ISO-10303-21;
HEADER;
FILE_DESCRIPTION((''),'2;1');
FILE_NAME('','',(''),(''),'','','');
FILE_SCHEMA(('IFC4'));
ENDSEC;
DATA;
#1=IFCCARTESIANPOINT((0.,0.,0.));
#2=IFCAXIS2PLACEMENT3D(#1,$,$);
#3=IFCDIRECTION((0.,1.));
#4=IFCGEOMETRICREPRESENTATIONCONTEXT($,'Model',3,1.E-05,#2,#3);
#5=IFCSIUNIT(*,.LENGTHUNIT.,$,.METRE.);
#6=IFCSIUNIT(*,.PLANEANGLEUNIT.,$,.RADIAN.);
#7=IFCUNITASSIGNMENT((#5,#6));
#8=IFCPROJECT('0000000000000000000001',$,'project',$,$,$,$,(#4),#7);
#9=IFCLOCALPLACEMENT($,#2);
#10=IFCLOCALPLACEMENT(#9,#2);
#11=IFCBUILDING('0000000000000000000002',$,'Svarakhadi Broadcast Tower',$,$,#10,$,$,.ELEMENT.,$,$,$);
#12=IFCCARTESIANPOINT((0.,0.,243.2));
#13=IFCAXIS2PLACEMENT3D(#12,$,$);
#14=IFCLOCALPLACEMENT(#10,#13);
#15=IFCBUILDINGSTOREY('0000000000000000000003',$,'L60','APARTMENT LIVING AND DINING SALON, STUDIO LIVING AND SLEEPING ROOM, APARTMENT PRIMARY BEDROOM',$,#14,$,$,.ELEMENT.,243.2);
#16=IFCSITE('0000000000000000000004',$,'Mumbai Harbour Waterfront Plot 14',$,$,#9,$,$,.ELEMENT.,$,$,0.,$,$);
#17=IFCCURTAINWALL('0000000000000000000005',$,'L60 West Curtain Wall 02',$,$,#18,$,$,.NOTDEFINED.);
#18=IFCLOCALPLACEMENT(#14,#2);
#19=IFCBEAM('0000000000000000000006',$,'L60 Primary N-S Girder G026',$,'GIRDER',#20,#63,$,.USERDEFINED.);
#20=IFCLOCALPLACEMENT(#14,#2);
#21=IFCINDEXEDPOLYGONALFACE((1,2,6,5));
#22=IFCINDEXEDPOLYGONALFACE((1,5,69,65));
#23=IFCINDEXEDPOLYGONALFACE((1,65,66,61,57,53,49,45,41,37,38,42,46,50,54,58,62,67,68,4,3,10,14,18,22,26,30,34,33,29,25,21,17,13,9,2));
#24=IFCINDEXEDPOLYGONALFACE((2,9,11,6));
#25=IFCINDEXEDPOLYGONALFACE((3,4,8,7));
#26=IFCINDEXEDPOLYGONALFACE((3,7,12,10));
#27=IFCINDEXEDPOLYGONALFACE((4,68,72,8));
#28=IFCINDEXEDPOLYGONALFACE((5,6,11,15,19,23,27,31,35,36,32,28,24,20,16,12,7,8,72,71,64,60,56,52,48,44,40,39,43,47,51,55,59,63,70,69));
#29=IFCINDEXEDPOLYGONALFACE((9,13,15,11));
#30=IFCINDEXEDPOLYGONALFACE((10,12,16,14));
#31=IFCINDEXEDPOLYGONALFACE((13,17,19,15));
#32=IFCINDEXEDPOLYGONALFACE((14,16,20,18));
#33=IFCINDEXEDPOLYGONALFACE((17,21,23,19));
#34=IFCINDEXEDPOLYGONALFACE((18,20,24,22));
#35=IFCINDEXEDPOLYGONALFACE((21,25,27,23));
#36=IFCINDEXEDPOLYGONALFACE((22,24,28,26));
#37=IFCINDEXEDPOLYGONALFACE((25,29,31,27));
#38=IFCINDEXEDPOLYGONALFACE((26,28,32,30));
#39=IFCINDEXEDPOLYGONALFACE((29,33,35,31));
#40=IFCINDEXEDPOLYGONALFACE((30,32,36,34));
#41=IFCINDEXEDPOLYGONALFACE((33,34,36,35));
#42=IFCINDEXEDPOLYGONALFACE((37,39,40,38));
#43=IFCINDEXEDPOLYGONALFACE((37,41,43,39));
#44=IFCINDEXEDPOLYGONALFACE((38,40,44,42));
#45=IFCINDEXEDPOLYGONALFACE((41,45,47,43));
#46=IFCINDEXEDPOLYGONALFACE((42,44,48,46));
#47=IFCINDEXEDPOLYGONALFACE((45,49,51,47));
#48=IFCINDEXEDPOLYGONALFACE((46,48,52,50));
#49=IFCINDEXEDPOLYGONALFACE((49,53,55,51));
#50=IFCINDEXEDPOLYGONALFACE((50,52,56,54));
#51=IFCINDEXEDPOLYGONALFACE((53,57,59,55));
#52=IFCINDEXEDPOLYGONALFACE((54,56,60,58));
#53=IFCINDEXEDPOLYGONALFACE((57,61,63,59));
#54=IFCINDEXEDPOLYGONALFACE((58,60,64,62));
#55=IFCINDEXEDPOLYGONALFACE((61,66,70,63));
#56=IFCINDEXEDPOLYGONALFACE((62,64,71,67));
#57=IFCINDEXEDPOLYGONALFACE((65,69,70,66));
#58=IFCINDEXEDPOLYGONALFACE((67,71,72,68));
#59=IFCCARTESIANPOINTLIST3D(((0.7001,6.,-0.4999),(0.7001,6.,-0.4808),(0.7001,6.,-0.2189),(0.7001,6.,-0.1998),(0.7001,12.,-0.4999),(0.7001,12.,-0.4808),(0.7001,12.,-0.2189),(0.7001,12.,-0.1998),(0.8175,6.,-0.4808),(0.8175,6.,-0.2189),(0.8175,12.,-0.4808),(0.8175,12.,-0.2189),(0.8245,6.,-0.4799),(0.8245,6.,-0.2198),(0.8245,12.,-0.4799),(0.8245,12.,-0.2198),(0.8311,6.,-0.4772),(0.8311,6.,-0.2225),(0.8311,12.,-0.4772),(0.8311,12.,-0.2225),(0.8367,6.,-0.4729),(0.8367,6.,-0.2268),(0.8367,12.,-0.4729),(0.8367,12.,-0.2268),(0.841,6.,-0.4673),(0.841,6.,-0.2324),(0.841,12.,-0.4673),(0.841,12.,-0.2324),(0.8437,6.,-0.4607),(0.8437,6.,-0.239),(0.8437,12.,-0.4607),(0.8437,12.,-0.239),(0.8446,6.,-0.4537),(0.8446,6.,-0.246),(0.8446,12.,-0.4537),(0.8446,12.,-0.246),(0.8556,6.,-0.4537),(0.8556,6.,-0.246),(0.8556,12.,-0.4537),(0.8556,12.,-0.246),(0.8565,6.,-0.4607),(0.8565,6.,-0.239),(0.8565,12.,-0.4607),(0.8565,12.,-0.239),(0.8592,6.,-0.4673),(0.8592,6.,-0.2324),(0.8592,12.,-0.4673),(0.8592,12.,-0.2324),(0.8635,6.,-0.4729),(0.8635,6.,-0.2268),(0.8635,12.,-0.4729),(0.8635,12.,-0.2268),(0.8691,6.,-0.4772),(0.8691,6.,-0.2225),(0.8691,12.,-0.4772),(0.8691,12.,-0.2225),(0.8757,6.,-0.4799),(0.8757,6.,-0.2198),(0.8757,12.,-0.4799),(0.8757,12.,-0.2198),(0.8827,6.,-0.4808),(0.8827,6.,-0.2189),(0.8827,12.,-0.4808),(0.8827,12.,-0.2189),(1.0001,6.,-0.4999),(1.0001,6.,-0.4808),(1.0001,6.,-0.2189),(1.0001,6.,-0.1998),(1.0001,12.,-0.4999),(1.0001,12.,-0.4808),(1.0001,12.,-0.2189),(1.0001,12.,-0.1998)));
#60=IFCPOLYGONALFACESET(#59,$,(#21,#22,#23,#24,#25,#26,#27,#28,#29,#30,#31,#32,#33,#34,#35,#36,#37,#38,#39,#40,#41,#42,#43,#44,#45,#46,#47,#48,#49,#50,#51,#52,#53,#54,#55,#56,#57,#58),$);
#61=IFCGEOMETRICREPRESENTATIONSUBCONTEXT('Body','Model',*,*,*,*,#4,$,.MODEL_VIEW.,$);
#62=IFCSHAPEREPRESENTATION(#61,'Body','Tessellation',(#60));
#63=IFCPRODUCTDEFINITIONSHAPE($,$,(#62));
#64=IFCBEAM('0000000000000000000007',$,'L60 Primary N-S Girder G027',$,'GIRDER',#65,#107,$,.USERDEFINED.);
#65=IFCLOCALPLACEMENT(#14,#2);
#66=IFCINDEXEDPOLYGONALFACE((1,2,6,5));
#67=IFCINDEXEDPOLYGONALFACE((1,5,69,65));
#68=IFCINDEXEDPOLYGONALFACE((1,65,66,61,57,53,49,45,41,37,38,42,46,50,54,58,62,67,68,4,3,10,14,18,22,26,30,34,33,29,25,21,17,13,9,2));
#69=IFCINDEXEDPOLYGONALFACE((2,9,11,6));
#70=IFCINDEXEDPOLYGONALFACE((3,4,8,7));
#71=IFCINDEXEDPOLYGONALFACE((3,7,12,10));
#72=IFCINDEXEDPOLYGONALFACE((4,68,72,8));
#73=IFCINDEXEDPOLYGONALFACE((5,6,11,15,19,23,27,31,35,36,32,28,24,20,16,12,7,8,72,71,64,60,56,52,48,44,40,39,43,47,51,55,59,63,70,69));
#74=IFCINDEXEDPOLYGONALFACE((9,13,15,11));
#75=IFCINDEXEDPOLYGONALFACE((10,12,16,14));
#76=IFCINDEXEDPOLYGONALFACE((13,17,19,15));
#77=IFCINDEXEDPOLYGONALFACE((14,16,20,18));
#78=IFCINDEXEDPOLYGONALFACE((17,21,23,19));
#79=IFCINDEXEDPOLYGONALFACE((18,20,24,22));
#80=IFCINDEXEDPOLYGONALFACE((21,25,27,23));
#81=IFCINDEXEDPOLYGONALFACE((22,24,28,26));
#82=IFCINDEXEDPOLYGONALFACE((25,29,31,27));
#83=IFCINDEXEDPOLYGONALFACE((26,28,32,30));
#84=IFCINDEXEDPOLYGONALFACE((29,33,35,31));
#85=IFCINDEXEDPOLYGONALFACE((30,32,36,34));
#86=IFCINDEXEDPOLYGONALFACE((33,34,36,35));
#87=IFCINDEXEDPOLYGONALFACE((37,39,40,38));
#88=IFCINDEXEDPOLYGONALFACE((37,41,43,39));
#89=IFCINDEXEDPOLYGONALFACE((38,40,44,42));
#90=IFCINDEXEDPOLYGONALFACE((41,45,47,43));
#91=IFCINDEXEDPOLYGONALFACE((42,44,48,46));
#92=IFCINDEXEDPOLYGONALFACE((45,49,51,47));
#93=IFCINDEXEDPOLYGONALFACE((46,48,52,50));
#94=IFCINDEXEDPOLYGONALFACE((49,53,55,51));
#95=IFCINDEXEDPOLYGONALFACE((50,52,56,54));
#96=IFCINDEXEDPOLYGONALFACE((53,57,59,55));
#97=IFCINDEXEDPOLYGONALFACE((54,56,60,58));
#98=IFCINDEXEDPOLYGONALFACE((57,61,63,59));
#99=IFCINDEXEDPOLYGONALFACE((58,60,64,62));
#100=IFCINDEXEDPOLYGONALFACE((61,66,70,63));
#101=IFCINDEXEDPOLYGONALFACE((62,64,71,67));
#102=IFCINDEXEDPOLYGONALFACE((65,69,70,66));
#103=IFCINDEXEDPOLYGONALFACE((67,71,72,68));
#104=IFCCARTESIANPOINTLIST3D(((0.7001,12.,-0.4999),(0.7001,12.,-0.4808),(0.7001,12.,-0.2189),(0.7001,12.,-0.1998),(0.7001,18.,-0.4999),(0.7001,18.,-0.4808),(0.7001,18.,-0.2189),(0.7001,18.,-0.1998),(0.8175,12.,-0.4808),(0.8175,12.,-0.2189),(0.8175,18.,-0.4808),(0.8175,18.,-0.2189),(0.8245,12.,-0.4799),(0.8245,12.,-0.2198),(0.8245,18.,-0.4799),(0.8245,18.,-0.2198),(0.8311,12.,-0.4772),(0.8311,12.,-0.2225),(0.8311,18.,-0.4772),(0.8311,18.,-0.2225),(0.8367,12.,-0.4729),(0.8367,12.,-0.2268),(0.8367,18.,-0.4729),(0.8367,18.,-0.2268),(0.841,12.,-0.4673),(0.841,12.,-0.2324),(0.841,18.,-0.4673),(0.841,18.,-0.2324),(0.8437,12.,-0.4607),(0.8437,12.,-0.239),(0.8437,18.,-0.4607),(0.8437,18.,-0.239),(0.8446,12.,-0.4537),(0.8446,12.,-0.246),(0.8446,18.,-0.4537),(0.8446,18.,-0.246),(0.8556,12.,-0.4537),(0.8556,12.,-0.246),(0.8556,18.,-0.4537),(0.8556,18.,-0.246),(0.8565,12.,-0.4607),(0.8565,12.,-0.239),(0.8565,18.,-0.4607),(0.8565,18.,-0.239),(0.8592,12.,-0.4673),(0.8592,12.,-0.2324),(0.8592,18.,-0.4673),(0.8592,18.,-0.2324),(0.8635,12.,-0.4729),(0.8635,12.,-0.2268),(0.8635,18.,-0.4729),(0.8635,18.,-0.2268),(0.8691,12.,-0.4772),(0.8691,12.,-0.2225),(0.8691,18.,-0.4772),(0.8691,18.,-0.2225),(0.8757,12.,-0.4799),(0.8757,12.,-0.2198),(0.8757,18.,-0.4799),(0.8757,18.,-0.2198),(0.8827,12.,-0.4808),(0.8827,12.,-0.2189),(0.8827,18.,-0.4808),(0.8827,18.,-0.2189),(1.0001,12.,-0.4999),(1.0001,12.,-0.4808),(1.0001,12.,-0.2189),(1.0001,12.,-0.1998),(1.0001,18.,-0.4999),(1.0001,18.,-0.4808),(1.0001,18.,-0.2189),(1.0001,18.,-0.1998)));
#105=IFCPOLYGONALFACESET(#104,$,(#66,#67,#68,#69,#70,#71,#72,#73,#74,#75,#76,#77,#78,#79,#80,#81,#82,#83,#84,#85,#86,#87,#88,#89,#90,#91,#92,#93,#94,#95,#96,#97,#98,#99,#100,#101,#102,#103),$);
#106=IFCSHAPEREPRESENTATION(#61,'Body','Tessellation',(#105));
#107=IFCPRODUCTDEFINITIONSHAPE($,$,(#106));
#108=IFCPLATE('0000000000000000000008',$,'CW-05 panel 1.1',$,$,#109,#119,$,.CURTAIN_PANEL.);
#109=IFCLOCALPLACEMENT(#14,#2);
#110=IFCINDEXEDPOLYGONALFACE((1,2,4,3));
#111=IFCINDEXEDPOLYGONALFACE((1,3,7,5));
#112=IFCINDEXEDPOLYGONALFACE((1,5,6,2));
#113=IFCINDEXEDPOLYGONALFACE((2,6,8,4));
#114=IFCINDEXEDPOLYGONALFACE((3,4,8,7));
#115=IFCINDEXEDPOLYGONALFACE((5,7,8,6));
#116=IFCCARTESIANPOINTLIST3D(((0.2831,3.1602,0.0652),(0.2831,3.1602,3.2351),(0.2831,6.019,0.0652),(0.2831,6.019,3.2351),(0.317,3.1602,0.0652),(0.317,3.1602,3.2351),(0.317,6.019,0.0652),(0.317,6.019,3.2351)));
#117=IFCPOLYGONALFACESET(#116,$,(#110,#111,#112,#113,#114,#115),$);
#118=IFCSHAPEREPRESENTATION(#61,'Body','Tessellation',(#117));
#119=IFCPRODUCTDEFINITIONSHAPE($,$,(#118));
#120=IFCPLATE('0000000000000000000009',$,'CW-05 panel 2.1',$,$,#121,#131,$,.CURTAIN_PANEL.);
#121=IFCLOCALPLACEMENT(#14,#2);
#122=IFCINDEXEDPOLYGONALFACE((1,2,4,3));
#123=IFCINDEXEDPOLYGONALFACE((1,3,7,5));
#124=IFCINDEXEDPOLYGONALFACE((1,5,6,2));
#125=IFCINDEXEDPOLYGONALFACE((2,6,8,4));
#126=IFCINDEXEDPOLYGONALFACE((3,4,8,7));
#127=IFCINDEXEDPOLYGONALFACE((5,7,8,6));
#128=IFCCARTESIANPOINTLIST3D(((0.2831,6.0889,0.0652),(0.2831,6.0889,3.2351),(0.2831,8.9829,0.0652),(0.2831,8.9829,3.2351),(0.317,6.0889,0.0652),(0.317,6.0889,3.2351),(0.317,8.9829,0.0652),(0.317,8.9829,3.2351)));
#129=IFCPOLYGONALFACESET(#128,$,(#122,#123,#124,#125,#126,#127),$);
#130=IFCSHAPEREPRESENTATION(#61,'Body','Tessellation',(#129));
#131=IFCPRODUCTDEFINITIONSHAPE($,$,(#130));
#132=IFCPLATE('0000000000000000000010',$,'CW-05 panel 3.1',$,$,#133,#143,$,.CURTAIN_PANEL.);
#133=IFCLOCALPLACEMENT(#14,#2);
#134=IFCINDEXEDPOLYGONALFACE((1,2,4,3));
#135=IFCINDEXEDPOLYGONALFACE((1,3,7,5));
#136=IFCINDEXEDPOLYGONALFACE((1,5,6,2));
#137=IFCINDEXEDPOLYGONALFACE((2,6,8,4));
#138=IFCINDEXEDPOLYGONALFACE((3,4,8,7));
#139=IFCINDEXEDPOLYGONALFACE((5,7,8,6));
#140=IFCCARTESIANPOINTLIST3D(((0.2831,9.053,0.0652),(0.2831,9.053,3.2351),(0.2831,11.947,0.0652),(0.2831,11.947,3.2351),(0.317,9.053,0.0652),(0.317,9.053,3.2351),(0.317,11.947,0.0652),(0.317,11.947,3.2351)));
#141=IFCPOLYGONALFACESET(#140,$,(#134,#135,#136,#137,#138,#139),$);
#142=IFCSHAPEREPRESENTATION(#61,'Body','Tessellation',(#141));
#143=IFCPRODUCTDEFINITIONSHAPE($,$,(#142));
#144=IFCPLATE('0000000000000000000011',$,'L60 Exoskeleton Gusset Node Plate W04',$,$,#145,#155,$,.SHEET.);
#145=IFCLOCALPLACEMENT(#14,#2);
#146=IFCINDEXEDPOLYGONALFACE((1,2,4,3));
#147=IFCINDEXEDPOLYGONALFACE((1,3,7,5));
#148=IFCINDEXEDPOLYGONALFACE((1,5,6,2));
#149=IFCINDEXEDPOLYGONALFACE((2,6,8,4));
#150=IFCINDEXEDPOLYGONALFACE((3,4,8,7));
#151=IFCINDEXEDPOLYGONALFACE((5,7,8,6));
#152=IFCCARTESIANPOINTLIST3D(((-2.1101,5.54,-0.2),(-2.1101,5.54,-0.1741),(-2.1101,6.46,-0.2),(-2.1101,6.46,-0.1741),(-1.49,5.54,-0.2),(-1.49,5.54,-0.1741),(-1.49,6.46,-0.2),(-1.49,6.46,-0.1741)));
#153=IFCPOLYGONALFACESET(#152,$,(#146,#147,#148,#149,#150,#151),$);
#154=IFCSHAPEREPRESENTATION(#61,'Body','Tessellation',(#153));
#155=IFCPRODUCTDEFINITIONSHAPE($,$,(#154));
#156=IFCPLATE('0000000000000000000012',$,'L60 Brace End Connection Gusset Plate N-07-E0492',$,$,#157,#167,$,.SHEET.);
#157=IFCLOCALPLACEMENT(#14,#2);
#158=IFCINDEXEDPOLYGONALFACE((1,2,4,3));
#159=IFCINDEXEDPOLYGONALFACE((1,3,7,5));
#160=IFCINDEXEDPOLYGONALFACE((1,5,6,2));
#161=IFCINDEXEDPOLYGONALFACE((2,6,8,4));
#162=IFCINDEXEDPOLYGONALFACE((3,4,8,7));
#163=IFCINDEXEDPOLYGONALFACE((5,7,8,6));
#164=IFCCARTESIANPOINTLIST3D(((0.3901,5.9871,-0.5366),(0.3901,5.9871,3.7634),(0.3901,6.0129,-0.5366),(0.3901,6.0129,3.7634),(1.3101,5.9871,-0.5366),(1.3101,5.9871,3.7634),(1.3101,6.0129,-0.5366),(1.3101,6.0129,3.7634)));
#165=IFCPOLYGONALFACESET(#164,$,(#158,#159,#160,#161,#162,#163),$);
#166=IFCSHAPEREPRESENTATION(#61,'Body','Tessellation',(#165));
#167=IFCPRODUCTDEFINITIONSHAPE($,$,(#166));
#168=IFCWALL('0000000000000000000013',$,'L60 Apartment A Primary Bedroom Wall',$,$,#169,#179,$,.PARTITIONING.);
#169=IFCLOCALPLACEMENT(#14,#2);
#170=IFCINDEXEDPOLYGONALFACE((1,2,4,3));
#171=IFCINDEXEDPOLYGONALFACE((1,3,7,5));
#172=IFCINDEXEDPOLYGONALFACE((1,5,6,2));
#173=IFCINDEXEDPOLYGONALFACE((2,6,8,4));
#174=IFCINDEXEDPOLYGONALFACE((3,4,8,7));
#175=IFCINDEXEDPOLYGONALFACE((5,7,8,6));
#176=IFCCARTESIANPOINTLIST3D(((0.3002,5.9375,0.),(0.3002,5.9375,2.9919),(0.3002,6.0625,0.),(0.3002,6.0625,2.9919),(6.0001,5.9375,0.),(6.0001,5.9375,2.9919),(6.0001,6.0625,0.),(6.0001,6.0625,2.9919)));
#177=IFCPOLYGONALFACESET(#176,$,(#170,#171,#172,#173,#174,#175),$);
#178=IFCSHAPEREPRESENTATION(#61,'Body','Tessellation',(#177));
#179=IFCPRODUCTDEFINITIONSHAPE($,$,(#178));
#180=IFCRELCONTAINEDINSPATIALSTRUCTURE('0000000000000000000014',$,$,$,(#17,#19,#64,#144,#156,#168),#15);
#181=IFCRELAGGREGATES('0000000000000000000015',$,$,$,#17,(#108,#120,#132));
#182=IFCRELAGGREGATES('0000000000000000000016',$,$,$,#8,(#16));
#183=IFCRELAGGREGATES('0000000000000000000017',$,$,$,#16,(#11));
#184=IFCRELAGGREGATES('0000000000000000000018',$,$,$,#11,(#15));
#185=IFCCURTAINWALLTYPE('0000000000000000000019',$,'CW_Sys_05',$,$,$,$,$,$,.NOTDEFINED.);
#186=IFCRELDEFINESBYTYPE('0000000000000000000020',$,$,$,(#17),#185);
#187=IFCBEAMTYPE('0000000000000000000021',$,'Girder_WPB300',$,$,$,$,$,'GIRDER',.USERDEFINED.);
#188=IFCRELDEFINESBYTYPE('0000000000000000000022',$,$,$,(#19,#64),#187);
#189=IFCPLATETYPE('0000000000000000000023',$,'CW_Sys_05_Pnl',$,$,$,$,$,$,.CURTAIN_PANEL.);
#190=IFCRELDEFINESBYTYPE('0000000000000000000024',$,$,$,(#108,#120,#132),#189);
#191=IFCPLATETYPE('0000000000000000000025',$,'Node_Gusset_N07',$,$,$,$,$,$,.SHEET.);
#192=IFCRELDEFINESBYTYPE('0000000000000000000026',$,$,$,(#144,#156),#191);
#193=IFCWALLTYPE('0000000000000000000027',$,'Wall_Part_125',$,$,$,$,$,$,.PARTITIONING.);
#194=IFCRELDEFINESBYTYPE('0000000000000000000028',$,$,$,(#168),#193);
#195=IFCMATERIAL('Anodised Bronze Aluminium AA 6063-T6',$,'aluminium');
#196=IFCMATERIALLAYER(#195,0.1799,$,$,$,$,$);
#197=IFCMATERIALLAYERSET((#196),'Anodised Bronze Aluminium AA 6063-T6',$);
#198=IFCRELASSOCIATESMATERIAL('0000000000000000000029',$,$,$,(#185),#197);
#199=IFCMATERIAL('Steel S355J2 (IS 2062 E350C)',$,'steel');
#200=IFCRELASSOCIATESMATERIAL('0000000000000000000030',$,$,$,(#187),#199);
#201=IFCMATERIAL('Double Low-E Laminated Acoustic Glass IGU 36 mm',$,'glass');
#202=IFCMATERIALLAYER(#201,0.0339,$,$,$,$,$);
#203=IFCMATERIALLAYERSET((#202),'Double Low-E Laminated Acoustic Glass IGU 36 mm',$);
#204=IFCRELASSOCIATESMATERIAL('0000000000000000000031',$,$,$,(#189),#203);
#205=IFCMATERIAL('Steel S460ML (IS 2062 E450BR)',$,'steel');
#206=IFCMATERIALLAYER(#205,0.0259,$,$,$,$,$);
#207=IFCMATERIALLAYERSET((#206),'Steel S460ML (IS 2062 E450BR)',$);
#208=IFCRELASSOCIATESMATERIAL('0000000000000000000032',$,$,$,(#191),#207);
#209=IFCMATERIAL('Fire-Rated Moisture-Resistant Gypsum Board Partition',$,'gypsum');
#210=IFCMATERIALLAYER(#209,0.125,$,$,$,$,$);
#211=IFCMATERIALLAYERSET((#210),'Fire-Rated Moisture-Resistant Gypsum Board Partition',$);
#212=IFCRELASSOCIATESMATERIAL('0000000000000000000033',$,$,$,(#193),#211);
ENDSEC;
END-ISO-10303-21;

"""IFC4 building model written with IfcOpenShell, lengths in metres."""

from ifc_helpers import new_model, si_unit, direction, frame, frame_2d, origin, origin_2d, place, context, subcontext, project, spatial, rectangle, i_section, extrude, material, layer, layer_set, material_profile, profile_set, type_object, element, aggregate, save


model = new_model("IFC4")

# Units and contexts
model_context = context("Model", 3, precision=1e-05, world=origin(), true_north=direction((0.0, 1.0)))
body_context = subcontext(model_context, "Body", "Model", "MODEL_VIEW")
ifc_project = project(units=[si_unit("LENGTHUNIT", "METRE"), si_unit("PLANEANGLEUNIT", "RADIAN")], contexts=[model_context])

# Site, building, storey
site_placement = place(None, origin())
site = spatial("IfcSite", under=ifc_project, at=site_placement, Name="Mumbai Harbour Waterfront Plot 14", CompositionType="ELEMENT", RefElevation=0.0)
building_placement = place(site_placement, origin())
building = spatial("IfcBuilding", under=site, at=building_placement, Name="Svarakhadi Broadcast Tower", CompositionType="ELEMENT")
storey_placement = place(building_placement, frame((0.0, 0.0, 243.2)))
storey = spatial("IfcBuildingStorey", under=building, at=storey_placement, Name="L60", Description="APARTMENT LIVING AND DINING SALON, STUDIO LIVING AND SLEEPING ROOM, APARTMENT PRIMARY BEDROOM", CompositionType="ELEMENT", Elevation=243.2)

# Shared definitions
ifc_material_1 = material(Name="Steel S460ML (IS 2062 E450BR)", Category="steel")

# Shared definitions
ifc_material_2 = material(Name="Steel S355J2 (IS 2062 E350C)", Category="steel")

# Curtain wall
ifc_material_3 = material(Name="Anodised Bronze Aluminium AA 6063-T6", Category="aluminium")
ifc_layer_1 = layer(ifc_material_3, 0.1799)
ifc_layer_set_1 = layer_set([ifc_layer_1], Name="Anodised Bronze Aluminium AA 6063-T6")
curtain_wall_type = type_object("IfcCurtainWallType", Name="CW_Sys_05", PredefinedType="NOTDEFINED", material=ifc_layer_set_1)
curtain_wall_placement = place(storey_placement, origin())
curtain_wall = element("IfcCurtainWall", 1, at=curtain_wall_placement, inside=storey, type_object=curtain_wall_type, Name="L60 West Curtain Wall 02", PredefinedType="NOTDEFINED")

# Beams
ifc_material_profile_1 = material_profile(ifc_material_2, i_section(OverallWidth=0.3, OverallDepth=0.3, WebThickness=0.011, FlangeThickness=0.019, FilletRadius=0.0271, at=origin_2d()), Name="WPB 300x300x117")
ifc_profile_set_1 = profile_set([ifc_material_profile_1], Name="Steel S355J2 (IS 2062 E350C)")
beam_type_1 = type_object("IfcBeamType", Name="Girder_WPB300", ElementType="GIRDER", PredefinedType="USERDEFINED", material=ifc_profile_set_1)
for number, where, z_axis, x_axis, name in (
    (2, (0.8501, 6.0, -0.3499), (0.0, 1.0, 0.0), (-1.0, 0.0, 0.0), "L60 Primary N-S Girder G026"),
    (3, (0.8501, 12.0, -0.3499), (0.0, 1.0, 0.0), (-1.0, 0.0, 0.0), "L60 Primary N-S Girder G027"),
):
    element("IfcBeam", number, at=place(storey_placement, frame(where, z_axis=z_axis, x_axis=x_axis)), inside=storey, type_object=beam_type_1, Name=name, ObjectType="GIRDER", PredefinedType="USERDEFINED", context=body_context, shape_type="SweptSolid", body=[
        extrude(i_section(OverallWidth=0.3, OverallDepth=0.3, WebThickness=0.011, FlangeThickness=0.019, FilletRadius=0.0271, at=origin_2d()), origin(), (0.0, 0.0, 1.0), 6.0),
    ])

# Plates
ifc_material_4 = material(Name="Double Low-E Laminated Acoustic Glass IGU 36 mm", Category="glass")
ifc_layer_2 = layer(ifc_material_4, 0.0339)
ifc_layer_set_2 = layer_set([ifc_layer_2], Name="Double Low-E Laminated Acoustic Glass IGU 36 mm")
plate_type_1 = type_object("IfcPlateType", Name="CW_Sys_05_Pnl", PredefinedType="CURTAIN_PANEL", material=ifc_layer_set_2)
plate_1_placement = place(storey_placement, frame((0.3, 4.5896, 0.0652), z_axis=(0.0, 0.0, 1.0), x_axis=(0.0, 1.0, 0.0)))
plate_1 = element("IfcPlate", 4, at=plate_1_placement, type_object=plate_type_1, Name="CW-05 panel 1.1", PredefinedType="CURTAIN_PANEL", context=body_context, shape_type="SweptSolid", body=[
    extrude(rectangle(XDim=2.8589, YDim=0.0339, at=origin_2d()), origin(), (0.0, 0.0, 1.0), 3.1699),
])
plate_2_placement = place(storey_placement, frame((0.3, 7.5359, 0.0652), z_axis=(0.0, 0.0, 1.0), x_axis=(0.0, 1.0, 0.0)))
plate_2 = element("IfcPlate", 5, at=plate_2_placement, type_object=plate_type_1, Name="CW-05 panel 2.1", PredefinedType="CURTAIN_PANEL", context=body_context, shape_type="SweptSolid", body=[
    extrude(rectangle(XDim=2.894, YDim=0.0339, at=origin_2d()), origin(), (0.0, 0.0, 1.0), 3.1699),
])
plate_3_placement = place(storey_placement, frame((0.3, 10.5, 0.0652), z_axis=(0.0, 0.0, 1.0), x_axis=(0.0, 1.0, 0.0)))
plate_3 = element("IfcPlate", 6, at=plate_3_placement, type_object=plate_type_1, Name="CW-05 panel 3.1", PredefinedType="CURTAIN_PANEL", context=body_context, shape_type="SweptSolid", body=[
    extrude(rectangle(XDim=2.894, YDim=0.0339, at=origin_2d()), origin(), (0.0, 0.0, 1.0), 3.1699),
])
aggregate(curtain_wall, [plate_1, plate_2, plate_3])

# Plates
ifc_layer_3 = layer(ifc_material_1, 0.0259)
ifc_layer_set_3 = layer_set([ifc_layer_3], Name="Steel S460ML (IS 2062 E450BR)")
plate_type_2 = type_object("IfcPlateType", Name="Node_Gusset_N07", PredefinedType="SHEET", material=ifc_layer_set_3)
plate_4_placement = place(storey_placement, frame((-1.8, 6.0, -0.2), z_axis=(0.0, 0.0, 1.0), x_axis=(0.0, 1.0, 0.0)))
element("IfcPlate", 7, at=plate_4_placement, inside=storey, type_object=plate_type_2, Name="L60 Exoskeleton Gusset Node Plate W04", PredefinedType="SHEET", context=body_context, shape_type="SweptSolid", body=[
    extrude(rectangle(XDim=0.9199, YDim=0.6201, at=origin_2d()), origin(), (0.0, 0.0, 1.0), 0.0259),
])
plate_5_placement = place(storey_placement, frame((0.8501, 6.0, -0.5366), z_axis=(0.0, 0.0, 1.0), x_axis=(1.0, 0.0, 0.0)))
element("IfcPlate", 8, at=plate_5_placement, inside=storey, type_object=plate_type_2, Name="L60 Brace End Connection Gusset Plate N-07-E0492", PredefinedType="SHEET", context=body_context, shape_type="SweptSolid", body=[
    extrude(rectangle(XDim=0.9199, YDim=0.0259, at=origin_2d()), origin(), (0.0, 0.0, 1.0), 4.3),
])

# Wall
ifc_material_5 = material(Name="Fire-Rated Moisture-Resistant Gypsum Board Partition", Category="gypsum")
ifc_layer_4 = layer(ifc_material_5, 0.125)
ifc_layer_set_4 = layer_set([ifc_layer_4], Name="Fire-Rated Moisture-Resistant Gypsum Board Partition")
wall_type = type_object("IfcWallType", Name="Wall_Part_125", PredefinedType="PARTITIONING", material=ifc_layer_set_4)
wall_placement = place(storey_placement, frame((0.3, 6.0, 0.0), z_axis=(0.0, 0.0, 1.0), x_axis=(1.0, 0.0, 0.0)))
element("IfcWall", 9, at=wall_placement, inside=storey, type_object=wall_type, Name="L60 Apartment A Primary Bedroom Wall", PredefinedType="PARTITIONING", context=body_context, shape_type="SweptSolid", body=[
    extrude(rectangle(XDim=5.7, YDim=0.125, at=frame_2d((2.8501, 0.0))), origin(), (0.0, 0.0, 1.0), 2.9919),
])

save(model, "model.ifc")
